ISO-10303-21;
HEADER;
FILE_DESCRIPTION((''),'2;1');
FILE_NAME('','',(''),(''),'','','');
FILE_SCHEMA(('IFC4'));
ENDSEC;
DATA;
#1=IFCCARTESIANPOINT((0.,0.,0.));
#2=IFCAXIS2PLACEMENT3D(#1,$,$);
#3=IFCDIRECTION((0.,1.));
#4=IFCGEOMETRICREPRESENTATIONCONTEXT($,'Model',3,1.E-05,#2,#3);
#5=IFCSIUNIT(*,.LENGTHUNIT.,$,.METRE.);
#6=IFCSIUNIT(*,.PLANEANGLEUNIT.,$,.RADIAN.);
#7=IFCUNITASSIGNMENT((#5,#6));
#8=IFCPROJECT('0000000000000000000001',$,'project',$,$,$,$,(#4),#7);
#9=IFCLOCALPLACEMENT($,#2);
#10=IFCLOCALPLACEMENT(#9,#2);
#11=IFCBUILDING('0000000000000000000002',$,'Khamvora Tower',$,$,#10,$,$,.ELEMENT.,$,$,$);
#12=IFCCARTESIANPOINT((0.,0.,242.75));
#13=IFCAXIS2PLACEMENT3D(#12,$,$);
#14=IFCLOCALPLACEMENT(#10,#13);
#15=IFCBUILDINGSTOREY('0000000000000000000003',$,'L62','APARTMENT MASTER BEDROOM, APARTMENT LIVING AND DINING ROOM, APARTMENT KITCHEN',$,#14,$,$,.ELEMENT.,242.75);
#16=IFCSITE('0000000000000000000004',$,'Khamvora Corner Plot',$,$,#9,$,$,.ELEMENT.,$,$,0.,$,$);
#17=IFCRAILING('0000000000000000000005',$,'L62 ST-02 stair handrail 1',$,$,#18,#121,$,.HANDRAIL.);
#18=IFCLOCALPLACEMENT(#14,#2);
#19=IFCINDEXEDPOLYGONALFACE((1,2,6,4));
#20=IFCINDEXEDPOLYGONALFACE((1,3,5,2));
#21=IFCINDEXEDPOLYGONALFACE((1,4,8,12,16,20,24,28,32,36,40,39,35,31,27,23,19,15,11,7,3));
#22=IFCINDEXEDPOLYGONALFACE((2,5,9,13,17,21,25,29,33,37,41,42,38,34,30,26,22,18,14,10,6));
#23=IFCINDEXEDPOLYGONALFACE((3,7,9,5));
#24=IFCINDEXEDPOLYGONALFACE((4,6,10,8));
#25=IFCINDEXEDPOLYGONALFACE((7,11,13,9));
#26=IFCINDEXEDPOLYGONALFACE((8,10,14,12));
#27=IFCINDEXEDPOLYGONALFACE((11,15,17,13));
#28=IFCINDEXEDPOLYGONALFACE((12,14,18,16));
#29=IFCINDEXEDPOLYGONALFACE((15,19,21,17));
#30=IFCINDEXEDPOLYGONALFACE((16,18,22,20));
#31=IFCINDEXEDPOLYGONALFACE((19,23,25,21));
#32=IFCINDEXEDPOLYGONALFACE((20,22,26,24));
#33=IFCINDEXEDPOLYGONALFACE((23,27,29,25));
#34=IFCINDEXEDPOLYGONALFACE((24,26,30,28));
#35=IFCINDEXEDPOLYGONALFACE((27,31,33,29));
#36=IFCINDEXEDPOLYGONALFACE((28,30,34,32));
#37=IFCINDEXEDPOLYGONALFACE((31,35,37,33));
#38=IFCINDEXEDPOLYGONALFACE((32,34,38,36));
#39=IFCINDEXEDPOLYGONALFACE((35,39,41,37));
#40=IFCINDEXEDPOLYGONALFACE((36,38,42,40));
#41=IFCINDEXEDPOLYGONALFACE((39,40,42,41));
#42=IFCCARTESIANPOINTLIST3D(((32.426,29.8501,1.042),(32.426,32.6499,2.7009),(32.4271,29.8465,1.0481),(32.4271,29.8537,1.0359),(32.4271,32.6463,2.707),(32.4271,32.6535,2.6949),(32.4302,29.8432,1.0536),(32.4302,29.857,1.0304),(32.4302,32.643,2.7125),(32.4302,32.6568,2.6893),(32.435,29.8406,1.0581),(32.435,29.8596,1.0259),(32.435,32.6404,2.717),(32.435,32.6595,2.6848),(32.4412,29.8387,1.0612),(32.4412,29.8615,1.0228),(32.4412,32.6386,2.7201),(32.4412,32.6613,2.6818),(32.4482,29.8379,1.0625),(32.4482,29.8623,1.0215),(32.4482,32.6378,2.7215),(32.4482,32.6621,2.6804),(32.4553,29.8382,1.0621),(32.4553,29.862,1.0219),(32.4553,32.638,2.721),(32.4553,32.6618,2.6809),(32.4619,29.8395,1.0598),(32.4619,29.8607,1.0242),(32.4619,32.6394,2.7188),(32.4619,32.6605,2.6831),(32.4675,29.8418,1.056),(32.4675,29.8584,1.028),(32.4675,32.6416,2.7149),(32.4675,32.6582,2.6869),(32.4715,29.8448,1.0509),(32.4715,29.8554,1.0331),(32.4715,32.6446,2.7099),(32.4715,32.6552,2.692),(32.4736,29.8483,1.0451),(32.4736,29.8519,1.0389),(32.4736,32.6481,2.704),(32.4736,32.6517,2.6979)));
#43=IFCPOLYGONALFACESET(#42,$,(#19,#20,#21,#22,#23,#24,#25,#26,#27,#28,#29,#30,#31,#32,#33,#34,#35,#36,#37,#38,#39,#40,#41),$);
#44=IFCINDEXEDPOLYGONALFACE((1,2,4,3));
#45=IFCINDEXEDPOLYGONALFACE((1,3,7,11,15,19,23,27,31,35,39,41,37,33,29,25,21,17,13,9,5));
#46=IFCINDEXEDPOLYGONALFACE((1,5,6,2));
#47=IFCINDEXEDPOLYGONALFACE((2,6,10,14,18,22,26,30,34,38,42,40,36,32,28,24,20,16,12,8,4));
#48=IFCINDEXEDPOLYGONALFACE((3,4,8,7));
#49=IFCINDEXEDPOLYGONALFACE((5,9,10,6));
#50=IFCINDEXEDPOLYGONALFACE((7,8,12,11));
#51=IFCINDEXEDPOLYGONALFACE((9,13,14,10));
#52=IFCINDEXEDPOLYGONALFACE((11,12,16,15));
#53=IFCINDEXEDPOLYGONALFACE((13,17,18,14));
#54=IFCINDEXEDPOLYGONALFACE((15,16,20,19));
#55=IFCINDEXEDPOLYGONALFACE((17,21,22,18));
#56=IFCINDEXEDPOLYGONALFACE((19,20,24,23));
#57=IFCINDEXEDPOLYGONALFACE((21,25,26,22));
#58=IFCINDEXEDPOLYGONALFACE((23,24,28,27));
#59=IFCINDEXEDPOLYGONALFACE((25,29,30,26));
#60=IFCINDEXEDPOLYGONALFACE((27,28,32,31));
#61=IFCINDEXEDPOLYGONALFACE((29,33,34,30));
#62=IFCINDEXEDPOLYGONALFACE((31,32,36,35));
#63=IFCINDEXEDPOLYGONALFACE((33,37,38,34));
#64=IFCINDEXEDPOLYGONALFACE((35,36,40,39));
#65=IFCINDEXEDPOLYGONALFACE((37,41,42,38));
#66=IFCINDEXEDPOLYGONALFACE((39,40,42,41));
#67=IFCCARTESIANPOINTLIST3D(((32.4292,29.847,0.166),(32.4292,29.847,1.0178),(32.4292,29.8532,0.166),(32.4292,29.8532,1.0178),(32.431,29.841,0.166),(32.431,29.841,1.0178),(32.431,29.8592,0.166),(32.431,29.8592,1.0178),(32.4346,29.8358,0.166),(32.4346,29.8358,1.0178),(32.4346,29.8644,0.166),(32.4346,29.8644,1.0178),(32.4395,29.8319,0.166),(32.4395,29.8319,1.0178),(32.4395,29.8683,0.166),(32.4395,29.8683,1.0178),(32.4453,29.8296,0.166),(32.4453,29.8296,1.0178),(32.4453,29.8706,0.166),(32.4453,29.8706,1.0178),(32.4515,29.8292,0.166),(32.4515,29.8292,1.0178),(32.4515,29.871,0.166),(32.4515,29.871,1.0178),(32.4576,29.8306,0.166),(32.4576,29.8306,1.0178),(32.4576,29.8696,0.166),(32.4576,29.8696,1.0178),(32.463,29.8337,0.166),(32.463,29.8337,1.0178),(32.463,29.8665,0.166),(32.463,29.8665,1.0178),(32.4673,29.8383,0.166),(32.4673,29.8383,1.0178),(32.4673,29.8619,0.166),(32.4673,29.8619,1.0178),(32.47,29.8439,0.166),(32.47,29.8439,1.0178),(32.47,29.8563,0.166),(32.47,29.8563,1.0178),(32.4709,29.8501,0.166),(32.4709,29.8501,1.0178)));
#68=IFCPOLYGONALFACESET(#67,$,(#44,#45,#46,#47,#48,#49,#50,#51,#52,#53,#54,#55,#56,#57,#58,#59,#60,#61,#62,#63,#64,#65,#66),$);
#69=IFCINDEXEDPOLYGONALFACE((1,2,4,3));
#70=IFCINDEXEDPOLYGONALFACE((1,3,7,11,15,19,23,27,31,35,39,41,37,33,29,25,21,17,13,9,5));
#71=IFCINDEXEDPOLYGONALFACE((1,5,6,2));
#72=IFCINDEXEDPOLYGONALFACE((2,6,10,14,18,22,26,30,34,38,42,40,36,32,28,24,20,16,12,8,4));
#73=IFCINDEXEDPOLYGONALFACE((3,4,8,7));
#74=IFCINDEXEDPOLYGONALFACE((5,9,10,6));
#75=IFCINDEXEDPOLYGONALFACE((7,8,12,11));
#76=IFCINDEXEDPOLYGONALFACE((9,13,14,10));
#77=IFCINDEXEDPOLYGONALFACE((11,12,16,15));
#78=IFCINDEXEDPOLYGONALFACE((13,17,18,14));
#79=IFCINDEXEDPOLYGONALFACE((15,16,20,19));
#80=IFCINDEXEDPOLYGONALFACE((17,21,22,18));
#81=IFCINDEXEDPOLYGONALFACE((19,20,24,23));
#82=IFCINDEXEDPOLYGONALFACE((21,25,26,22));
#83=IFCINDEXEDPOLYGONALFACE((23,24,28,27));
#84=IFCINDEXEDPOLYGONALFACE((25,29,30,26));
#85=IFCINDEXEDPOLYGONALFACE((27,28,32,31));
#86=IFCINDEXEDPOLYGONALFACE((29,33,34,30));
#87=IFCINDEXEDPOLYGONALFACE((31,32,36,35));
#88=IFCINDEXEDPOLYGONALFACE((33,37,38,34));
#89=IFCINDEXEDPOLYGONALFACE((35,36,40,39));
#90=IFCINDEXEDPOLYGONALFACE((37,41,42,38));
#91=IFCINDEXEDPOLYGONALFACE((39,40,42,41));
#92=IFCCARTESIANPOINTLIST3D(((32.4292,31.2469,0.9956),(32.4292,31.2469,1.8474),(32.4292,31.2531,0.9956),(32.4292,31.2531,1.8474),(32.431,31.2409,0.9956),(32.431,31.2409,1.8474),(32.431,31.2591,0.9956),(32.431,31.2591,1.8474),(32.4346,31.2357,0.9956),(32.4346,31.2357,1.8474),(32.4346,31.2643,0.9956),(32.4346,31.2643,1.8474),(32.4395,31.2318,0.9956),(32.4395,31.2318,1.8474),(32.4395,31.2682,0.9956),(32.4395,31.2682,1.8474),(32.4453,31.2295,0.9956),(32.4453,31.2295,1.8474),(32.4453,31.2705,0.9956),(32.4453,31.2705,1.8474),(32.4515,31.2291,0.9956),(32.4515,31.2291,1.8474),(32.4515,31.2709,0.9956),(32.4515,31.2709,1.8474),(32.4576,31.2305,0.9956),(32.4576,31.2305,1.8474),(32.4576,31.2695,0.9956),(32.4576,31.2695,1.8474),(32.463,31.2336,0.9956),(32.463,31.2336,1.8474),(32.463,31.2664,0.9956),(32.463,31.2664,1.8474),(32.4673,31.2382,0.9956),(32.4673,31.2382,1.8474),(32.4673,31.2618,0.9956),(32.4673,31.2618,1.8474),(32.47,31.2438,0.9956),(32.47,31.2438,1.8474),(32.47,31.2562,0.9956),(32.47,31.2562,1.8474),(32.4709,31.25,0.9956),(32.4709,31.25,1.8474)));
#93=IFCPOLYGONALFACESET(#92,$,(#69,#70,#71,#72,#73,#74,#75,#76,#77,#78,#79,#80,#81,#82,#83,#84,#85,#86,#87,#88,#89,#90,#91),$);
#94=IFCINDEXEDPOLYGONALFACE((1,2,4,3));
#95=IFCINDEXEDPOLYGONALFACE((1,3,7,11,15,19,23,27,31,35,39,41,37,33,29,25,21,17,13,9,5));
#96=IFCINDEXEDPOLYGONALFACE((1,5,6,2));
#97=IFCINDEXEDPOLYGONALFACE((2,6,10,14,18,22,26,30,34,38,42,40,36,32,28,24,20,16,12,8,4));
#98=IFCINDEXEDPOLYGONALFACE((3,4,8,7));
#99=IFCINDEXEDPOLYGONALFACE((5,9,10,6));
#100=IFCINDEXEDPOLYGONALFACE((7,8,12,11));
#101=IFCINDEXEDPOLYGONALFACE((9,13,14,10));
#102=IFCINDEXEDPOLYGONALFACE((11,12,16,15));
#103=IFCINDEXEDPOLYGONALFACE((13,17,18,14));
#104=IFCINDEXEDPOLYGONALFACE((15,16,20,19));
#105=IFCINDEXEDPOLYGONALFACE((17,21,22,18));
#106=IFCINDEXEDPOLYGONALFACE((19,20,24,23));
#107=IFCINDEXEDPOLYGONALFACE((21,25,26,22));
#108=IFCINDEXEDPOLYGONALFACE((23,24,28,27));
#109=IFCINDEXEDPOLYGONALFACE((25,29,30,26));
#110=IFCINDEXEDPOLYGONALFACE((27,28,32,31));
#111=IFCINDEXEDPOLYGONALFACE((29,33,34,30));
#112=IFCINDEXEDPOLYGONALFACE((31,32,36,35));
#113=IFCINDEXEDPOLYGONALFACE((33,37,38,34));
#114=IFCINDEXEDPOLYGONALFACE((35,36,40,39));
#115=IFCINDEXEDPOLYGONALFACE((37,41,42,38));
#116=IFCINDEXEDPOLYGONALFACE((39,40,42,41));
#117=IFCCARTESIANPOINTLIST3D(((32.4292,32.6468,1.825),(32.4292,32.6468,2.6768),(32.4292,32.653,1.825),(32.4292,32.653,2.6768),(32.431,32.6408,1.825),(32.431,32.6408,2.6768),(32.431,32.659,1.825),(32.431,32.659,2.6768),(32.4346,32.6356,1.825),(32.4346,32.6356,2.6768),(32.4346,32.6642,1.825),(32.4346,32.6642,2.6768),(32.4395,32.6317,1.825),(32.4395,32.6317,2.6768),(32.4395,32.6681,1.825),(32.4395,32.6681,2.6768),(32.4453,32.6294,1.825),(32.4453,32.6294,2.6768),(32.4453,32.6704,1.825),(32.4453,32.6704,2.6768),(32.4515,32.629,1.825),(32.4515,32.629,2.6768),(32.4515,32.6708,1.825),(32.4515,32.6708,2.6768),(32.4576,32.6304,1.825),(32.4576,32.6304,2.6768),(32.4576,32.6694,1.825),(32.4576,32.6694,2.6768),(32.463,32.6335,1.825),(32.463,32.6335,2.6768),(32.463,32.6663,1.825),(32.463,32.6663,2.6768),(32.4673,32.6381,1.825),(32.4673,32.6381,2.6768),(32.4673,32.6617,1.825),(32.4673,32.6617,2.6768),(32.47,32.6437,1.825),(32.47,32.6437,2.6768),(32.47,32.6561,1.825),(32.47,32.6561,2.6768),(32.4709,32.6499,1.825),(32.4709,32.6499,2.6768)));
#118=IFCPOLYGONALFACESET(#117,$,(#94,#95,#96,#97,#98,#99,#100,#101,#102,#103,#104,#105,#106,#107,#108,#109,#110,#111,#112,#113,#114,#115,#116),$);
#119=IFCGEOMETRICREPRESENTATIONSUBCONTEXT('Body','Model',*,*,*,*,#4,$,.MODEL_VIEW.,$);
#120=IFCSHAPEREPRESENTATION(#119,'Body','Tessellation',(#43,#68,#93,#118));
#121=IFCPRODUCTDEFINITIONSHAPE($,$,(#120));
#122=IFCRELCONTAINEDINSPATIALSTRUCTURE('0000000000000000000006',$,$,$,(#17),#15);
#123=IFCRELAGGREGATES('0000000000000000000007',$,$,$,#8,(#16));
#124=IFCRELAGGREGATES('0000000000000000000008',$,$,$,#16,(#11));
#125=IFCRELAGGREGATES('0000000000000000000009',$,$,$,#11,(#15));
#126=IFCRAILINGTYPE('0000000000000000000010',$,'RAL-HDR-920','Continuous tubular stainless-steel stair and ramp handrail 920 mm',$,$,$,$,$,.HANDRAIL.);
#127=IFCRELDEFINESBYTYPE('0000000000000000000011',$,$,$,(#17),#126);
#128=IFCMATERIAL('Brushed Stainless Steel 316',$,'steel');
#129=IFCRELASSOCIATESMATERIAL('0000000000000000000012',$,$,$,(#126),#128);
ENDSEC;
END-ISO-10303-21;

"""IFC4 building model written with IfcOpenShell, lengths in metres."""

from ifc_helpers import new_model, si_unit, direction, frame, origin, origin_2d, place, context, subcontext, project, spatial, circle, extrude, material, type_object, element, save


model = new_model("IFC4")

# Units and contexts
model_context = context("Model", 3, precision=1e-05, world=origin(), true_north=direction((0.0, 1.0)))
body_context = subcontext(model_context, "Body", "Model", "MODEL_VIEW")
ifc_project = project(units=[si_unit("LENGTHUNIT", "METRE"), si_unit("PLANEANGLEUNIT", "RADIAN")], contexts=[model_context])

# Site, building, storey
site_placement = place(None, origin())
site = spatial("IfcSite", under=ifc_project, at=site_placement, Name="Khamvora Corner Plot", CompositionType="ELEMENT", RefElevation=0.0)
building_placement = place(site_placement, origin())
building = spatial("IfcBuilding", under=site, at=building_placement, Name="Khamvora Tower", CompositionType="ELEMENT")
storey_placement = place(building_placement, frame((0.0, 0.0, 242.75)))
storey = spatial("IfcBuildingStorey", under=building, at=storey_placement, Name="L62", Description="APARTMENT MASTER BEDROOM, APARTMENT LIVING AND DINING ROOM, APARTMENT KITCHEN", CompositionType="ELEMENT", Elevation=242.75)

# Railing
ifc_material_1 = material(Name="Brushed Stainless Steel 316", Category="steel")
railing_type_1 = type_object("IfcRailingType", Name="RAL-HDR-920", Description="Continuous tubular stainless-steel stair and ramp handrail 920 mm", PredefinedType="HANDRAIL", material=ifc_material_1)
railing_1_placement = place(storey_placement, frame((32.45, 29.8501, 0.166)))
element("IfcRailing", 1, at=railing_1_placement, inside=storey, type_object=railing_type_1, Name="L62 ST-02 stair handrail 1", PredefinedType="HANDRAIL", context=body_context, shape_type="SweptSolid", body=[
    extrude(circle(Radius=0.0239, at=origin_2d()), frame((0.0, 0.0, 0.876), z_axis=(0.0, 0.86032, 0.509755), x_axis=(-1.0, 0.0, 0.0)), (0.0, 0.0, 1.0), 3.2544),
    extrude(circle(Radius=0.021, at=origin_2d()), origin(), (0.0, 0.0, 1.0), 0.8518),
    extrude(circle(Radius=0.021, at=origin_2d()), frame((0.0, 1.3999, 0.8296)), (0.0, 0.0, 1.0), 0.8518),
    extrude(circle(Radius=0.021, at=origin_2d()), frame((0.0, 2.7998, 1.6589)), (0.0, 0.0, 1.0), 0.8518),
])

save(model, "model.ifc")
